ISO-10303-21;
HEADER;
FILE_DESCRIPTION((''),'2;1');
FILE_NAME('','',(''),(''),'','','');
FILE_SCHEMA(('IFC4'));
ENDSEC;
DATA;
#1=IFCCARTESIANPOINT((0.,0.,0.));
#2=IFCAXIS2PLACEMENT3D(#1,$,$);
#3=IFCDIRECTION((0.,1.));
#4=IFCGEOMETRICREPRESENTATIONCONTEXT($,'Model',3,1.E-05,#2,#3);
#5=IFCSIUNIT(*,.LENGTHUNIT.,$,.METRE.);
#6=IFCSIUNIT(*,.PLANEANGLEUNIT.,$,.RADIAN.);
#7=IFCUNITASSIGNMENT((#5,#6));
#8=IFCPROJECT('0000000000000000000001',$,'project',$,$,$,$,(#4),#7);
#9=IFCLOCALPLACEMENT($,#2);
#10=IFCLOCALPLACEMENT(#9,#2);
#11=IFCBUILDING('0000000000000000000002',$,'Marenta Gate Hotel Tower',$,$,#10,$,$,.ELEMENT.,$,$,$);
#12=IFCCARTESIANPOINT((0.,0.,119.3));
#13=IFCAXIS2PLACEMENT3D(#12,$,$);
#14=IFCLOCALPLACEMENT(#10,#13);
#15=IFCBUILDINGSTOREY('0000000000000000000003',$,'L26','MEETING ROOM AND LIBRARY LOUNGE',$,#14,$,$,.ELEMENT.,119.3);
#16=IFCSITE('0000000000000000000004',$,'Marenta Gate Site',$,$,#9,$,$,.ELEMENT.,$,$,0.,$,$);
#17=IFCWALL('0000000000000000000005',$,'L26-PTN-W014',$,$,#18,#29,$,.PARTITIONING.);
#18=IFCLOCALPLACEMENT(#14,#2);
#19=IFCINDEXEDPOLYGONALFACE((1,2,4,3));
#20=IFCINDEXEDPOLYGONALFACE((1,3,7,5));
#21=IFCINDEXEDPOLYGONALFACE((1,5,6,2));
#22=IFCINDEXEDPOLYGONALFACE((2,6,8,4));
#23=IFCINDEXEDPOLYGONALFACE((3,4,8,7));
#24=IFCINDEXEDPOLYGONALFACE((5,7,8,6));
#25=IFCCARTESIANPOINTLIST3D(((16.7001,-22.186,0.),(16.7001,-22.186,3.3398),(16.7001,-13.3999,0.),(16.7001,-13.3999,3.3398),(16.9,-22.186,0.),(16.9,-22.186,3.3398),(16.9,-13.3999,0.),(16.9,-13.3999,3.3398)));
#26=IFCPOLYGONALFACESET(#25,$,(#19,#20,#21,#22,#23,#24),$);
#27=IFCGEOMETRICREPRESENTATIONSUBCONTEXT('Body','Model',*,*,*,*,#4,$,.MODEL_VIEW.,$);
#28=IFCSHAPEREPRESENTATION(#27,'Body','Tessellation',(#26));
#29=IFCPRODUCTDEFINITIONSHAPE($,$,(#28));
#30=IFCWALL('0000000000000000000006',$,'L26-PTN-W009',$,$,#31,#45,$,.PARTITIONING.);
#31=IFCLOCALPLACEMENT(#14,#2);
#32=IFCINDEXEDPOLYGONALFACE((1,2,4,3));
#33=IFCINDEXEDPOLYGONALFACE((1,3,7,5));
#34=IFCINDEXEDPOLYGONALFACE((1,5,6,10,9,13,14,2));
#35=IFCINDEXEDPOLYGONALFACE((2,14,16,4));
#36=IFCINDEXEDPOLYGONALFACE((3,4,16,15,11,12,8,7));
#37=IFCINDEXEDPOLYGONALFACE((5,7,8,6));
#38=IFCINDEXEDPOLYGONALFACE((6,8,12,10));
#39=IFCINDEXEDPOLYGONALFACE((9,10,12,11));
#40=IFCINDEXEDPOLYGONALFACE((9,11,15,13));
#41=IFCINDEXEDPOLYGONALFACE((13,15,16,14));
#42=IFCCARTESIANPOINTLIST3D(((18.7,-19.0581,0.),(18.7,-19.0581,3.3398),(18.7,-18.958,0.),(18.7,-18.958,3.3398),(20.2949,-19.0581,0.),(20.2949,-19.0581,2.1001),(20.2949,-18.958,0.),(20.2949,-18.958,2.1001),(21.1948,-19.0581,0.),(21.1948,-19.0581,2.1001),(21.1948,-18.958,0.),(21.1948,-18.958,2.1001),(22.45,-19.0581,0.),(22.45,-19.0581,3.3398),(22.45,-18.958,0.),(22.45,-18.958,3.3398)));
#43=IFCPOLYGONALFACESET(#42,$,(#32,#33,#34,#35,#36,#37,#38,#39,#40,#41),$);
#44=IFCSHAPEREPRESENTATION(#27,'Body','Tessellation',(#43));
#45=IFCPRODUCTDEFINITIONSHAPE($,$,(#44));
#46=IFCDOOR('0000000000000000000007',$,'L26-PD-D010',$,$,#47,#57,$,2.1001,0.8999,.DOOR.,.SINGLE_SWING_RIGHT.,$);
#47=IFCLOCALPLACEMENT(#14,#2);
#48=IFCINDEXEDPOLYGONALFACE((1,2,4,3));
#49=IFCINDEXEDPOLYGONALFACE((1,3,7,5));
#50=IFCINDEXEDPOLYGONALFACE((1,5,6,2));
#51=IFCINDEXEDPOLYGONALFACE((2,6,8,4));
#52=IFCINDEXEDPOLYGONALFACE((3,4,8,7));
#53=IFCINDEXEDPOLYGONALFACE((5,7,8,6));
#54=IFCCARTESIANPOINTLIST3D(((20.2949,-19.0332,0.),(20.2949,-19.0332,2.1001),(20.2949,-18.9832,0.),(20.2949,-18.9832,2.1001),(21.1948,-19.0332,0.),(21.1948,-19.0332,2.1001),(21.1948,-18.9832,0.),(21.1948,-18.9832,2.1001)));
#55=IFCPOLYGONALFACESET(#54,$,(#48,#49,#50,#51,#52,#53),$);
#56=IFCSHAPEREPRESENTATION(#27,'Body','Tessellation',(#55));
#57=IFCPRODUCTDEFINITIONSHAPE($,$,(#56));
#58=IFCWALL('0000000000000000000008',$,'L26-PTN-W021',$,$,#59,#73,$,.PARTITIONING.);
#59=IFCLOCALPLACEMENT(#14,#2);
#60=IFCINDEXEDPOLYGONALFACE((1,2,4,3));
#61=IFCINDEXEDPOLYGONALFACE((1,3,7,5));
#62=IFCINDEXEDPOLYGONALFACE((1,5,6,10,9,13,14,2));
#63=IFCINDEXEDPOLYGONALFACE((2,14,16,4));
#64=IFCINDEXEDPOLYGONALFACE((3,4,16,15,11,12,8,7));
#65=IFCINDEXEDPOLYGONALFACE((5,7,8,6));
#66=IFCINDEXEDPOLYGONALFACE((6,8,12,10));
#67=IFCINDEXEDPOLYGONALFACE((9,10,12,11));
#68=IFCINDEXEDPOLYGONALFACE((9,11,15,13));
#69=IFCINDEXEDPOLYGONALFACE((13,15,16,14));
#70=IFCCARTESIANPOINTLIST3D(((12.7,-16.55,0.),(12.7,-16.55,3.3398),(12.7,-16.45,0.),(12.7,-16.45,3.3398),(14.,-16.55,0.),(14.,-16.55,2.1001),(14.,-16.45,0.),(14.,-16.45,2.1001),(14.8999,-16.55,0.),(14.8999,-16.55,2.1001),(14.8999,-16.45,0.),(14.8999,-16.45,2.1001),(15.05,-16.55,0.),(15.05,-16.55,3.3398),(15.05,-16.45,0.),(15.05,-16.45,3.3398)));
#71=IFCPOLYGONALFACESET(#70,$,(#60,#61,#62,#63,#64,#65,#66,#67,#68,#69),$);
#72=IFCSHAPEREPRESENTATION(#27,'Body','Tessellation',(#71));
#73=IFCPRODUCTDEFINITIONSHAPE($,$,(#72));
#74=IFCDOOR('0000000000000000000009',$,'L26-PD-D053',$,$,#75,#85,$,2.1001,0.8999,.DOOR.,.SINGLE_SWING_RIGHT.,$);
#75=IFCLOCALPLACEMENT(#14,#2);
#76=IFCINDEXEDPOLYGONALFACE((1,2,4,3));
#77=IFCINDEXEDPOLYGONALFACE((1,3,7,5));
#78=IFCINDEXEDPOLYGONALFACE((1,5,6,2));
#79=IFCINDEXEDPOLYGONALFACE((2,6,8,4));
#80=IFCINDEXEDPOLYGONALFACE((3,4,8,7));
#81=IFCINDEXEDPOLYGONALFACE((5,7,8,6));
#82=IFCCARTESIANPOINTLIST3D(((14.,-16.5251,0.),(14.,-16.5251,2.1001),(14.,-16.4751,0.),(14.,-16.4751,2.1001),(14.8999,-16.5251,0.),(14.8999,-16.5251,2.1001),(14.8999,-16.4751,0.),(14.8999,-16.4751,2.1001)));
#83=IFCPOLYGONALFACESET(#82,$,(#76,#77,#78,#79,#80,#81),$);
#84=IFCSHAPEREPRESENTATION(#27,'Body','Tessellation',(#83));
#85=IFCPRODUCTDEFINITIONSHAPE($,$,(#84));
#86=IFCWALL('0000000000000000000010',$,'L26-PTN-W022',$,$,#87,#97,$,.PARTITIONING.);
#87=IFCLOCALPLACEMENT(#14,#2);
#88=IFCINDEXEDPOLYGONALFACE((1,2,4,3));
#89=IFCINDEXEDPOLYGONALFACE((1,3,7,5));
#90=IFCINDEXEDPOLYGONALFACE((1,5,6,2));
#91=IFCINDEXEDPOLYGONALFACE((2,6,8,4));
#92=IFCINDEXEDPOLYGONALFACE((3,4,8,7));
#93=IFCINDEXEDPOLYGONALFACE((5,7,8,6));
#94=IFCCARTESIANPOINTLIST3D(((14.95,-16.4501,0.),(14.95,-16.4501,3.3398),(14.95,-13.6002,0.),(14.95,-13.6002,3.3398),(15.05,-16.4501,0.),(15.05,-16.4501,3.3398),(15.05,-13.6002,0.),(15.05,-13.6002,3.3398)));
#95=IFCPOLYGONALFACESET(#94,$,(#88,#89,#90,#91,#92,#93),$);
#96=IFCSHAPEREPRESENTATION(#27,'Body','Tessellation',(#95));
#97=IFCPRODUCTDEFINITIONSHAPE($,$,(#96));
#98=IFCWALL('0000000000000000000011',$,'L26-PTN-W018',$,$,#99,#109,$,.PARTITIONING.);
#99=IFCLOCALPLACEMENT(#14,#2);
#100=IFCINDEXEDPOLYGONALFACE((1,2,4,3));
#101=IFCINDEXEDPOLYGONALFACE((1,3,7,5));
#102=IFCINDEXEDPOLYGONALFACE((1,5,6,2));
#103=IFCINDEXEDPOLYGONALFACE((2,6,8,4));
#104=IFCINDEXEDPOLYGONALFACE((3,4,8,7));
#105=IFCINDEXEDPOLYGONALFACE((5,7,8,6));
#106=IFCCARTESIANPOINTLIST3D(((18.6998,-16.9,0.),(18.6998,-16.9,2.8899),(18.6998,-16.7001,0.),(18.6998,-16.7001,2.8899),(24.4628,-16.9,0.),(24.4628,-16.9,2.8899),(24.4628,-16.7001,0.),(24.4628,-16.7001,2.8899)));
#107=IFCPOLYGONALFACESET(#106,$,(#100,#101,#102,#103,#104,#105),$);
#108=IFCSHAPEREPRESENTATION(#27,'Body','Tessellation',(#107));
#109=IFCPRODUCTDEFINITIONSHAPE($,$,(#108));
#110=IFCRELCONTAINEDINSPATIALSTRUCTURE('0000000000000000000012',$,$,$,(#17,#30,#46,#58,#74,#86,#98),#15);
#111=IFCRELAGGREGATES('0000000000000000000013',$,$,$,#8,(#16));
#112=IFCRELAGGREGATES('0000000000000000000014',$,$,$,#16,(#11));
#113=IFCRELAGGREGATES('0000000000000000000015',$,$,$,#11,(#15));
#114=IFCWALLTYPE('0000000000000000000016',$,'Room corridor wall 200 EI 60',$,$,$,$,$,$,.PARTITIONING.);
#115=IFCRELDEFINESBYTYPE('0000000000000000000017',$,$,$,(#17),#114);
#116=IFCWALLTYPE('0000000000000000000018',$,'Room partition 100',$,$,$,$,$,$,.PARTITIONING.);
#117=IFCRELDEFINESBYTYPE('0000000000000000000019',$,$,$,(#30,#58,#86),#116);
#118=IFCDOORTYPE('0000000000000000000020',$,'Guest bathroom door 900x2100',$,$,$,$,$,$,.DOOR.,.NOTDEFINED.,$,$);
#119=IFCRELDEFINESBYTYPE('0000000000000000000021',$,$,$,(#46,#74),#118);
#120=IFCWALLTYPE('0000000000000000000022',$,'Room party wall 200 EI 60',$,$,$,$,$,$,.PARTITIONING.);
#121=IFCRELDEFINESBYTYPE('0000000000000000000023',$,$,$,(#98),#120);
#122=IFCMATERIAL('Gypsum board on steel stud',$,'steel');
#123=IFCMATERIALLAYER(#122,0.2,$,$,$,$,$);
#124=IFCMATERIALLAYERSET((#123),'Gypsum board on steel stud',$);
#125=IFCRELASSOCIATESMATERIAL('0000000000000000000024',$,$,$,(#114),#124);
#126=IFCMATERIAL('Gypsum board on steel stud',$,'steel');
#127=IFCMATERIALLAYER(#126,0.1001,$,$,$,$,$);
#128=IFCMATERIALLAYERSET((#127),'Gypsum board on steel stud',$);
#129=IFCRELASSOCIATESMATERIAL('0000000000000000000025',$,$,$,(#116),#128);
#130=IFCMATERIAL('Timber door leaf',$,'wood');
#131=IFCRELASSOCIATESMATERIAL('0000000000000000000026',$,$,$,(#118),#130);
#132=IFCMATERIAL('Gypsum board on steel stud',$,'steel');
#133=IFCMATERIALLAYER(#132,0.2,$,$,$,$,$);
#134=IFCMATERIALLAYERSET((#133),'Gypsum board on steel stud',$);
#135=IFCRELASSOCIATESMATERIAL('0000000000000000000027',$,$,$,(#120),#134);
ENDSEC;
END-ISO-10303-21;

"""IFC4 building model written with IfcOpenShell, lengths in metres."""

from ifc_helpers import new_model, si_unit, direction, frame, frame_2d, origin, place, context, subcontext, project, spatial, rectangle, extrude, material, layer, layer_set, type_object, element, fill, save


model = new_model("IFC4")

# Units and contexts
model_context = context("Model", 3, precision=1e-05, world=origin(), true_north=direction((0.0, 1.0)))
body_context = subcontext(model_context, "Body", "Model", "MODEL_VIEW")
ifc_project = project(units=[si_unit("LENGTHUNIT", "METRE"), si_unit("PLANEANGLEUNIT", "RADIAN")], contexts=[model_context])

# Site, building, storey
site_placement = place(None, origin())
site = spatial("IfcSite", under=ifc_project, at=site_placement, Name="Marenta Gate Site", CompositionType="ELEMENT", RefElevation=0.0)
building_placement = place(site_placement, origin())
building = spatial("IfcBuilding", under=site, at=building_placement, Name="Marenta Gate Hotel Tower", CompositionType="ELEMENT")
storey_placement = place(building_placement, frame((0.0, 0.0, 119.3)))
storey = spatial("IfcBuildingStorey", under=building, at=storey_placement, Name="L26", Description="MEETING ROOM AND LIBRARY LOUNGE", CompositionType="ELEMENT", Elevation=119.3)

# Shared definitions
ifc_material_1 = material(Name="Gypsum board on steel stud", Category="steel")
ifc_layer_1 = layer(ifc_material_1, 0.2)
ifc_layer_set_1 = layer_set([ifc_layer_1], Name="Gypsum board on steel stud")
wall_type_1 = type_object("IfcWallType", Name="Room corridor wall 200 EI 60", PredefinedType="PARTITIONING", material=ifc_layer_set_1)

# Wall
wall_1_placement = place(storey_placement, frame((16.8, -22.186, 0.0), z_axis=(0.0, 0.0, 1.0), x_axis=(0.0, 1.0, 0.0)))
element("IfcWall", 1, at=wall_1_placement, inside=storey, type_object=wall_type_1, Name="L26-PTN-W014", PredefinedType="PARTITIONING", context=body_context, shape_type="SweptSolid", body=[
    extrude(rectangle(XDim=8.7861, YDim=0.2, at=frame_2d((4.3931, 0.0))), origin(), (0.0, 0.0, 1.0), 3.3398),
])

# Walls, openings, doors
ifc_material_2 = material(Name="Gypsum board on steel stud", Category="steel")
ifc_layer_2 = layer(ifc_material_2, 0.1001)
ifc_layer_set_2 = layer_set([ifc_layer_2], Name="Gypsum board on steel stud")
wall_type_2 = type_object("IfcWallType", Name="Room partition 100", PredefinedType="PARTITIONING", material=ifc_layer_set_2)
wall_2_placement = place(storey_placement, frame((18.7, -19.0081, 0.0), z_axis=(0.0, 0.0, 1.0), x_axis=(1.0, 0.0, 0.0)))
wall_2 = element("IfcWall", 2, at=wall_2_placement, inside=storey, type_object=wall_type_2, Name="L26-PTN-W009", PredefinedType="PARTITIONING", context=body_context, shape_type="SweptSolid", body=[
    extrude(rectangle(XDim=3.75, YDim=0.1001, at=frame_2d((1.875, 0.0))), origin(), (0.0, 0.0, 1.0), 3.3398),
])
opening_1_placement = place(wall_2_placement, frame((1.595, 0.0, 0.0)))
opening_1 = element("IfcOpeningElement", 3, at=opening_1_placement, cuts=wall_2, PredefinedType="OPENING", context=body_context, shape_type="SweptSolid", body=[
    extrude(rectangle(XDim=0.8999, YDim=2.1001, at=frame_2d((0.45, 1.05))), frame((0.0, 0.05, 0.0), z_axis=(0.0, -1.0, 0.0), x_axis=(1.0, 0.0, 0.0)), (0.0, 0.0, 1.0), 0.1001),
])
ifc_material_3 = material(Name="Timber door leaf", Category="wood")
door_type_1 = type_object("IfcDoorType", Name="Guest bathroom door 900x2100", OperationType="NOTDEFINED", PredefinedType="DOOR", material=ifc_material_3)
door_1_placement = place(opening_1_placement, origin())
door_1 = element("IfcDoor", 4, at=door_1_placement, inside=storey, type_object=door_type_1, Name="L26-PD-D010", OperationType="SINGLE_SWING_RIGHT", OverallHeight=2.1001, OverallWidth=0.8999, PredefinedType="DOOR", context=body_context, shape_type="SweptSolid", body=[
    extrude(rectangle(XDim=0.8999, YDim=2.1001, at=frame_2d((0.45, 1.05))), frame((0.0, 0.0249, 0.0), z_axis=(0.0, -1.0, 0.0), x_axis=(1.0, 0.0, 0.0)), (0.0, 0.0, 1.0), 0.05),
])
fill(opening_1, door_1)
wall_3_placement = place(storey_placement, frame((12.7, -16.5, 0.0), z_axis=(0.0, 0.0, 1.0), x_axis=(1.0, 0.0, 0.0)))
wall_3 = element("IfcWall", 5, at=wall_3_placement, inside=storey, type_object=wall_type_2, Name="L26-PTN-W021", PredefinedType="PARTITIONING", context=body_context, shape_type="SweptSolid", body=[
    extrude(rectangle(XDim=2.3501, YDim=0.1001, at=frame_2d((1.175, 0.0))), origin(), (0.0, 0.0, 1.0), 3.3398),
])
opening_2_placement = place(wall_3_placement, frame((1.3, 0.0, 0.0)))
opening_2 = element("IfcOpeningElement", 6, at=opening_2_placement, cuts=wall_3, PredefinedType="OPENING", context=body_context, shape_type="SweptSolid", body=[
    extrude(rectangle(XDim=0.8999, YDim=2.1001, at=frame_2d((0.45, 1.05))), frame((0.0, 0.05, 0.0), z_axis=(0.0, -1.0, 0.0), x_axis=(1.0, 0.0, 0.0)), (0.0, 0.0, 1.0), 0.1001),
])
door_2_placement = place(opening_2_placement, origin())
door_2 = element("IfcDoor", 7, at=door_2_placement, inside=storey, type_object=door_type_1, Name="L26-PD-D053", OperationType="SINGLE_SWING_RIGHT", OverallHeight=2.1001, OverallWidth=0.8999, PredefinedType="DOOR", context=body_context, shape_type="SweptSolid", body=[
    extrude(rectangle(XDim=0.8999, YDim=2.1001, at=frame_2d((0.45, 1.05))), frame((0.0, 0.0249, 0.0), z_axis=(0.0, -1.0, 0.0), x_axis=(1.0, 0.0, 0.0)), (0.0, 0.0, 1.0), 0.05),
])
fill(opening_2, door_2)

# Walls
wall_4_placement = place(storey_placement, frame((15.0, -16.45, 0.0), z_axis=(0.0, 0.0, 1.0), x_axis=(0.0, 1.0, 0.0)))
element("IfcWall", 8, at=wall_4_placement, inside=storey, type_object=wall_type_2, Name="L26-PTN-W022", PredefinedType="PARTITIONING", context=body_context, shape_type="SweptSolid", body=[
    extrude(rectangle(XDim=2.8499, YDim=0.1001, at=frame_2d((1.4248, 0.0))), origin(), (0.0, 0.0, 1.0), 3.3398),
])
ifc_material_4 = material(Name="Gypsum board on steel stud", Category="steel")
ifc_layer_3 = layer(ifc_material_4, 0.2)
ifc_layer_set_3 = layer_set([ifc_layer_3], Name="Gypsum board on steel stud")
wall_type_3 = type_object("IfcWallType", Name="Room party wall 200 EI 60", PredefinedType="PARTITIONING", material=ifc_layer_set_3)
wall_5_placement = place(storey_placement, frame((18.7, -16.8, 0.0), z_axis=(0.0, 0.0, 1.0), x_axis=(1.0, 0.0, 0.0)))
element("IfcWall", 9, at=wall_5_placement, inside=storey, type_object=wall_type_3, Name="L26-PTN-W018", PredefinedType="PARTITIONING", context=body_context, shape_type="SweptSolid", body=[
    extrude(rectangle(XDim=5.7629, YDim=0.2, at=frame_2d((2.8813, 0.0))), origin(), (0.0, 0.0, 1.0), 2.8899),
])

save(model, "model.ifc")
